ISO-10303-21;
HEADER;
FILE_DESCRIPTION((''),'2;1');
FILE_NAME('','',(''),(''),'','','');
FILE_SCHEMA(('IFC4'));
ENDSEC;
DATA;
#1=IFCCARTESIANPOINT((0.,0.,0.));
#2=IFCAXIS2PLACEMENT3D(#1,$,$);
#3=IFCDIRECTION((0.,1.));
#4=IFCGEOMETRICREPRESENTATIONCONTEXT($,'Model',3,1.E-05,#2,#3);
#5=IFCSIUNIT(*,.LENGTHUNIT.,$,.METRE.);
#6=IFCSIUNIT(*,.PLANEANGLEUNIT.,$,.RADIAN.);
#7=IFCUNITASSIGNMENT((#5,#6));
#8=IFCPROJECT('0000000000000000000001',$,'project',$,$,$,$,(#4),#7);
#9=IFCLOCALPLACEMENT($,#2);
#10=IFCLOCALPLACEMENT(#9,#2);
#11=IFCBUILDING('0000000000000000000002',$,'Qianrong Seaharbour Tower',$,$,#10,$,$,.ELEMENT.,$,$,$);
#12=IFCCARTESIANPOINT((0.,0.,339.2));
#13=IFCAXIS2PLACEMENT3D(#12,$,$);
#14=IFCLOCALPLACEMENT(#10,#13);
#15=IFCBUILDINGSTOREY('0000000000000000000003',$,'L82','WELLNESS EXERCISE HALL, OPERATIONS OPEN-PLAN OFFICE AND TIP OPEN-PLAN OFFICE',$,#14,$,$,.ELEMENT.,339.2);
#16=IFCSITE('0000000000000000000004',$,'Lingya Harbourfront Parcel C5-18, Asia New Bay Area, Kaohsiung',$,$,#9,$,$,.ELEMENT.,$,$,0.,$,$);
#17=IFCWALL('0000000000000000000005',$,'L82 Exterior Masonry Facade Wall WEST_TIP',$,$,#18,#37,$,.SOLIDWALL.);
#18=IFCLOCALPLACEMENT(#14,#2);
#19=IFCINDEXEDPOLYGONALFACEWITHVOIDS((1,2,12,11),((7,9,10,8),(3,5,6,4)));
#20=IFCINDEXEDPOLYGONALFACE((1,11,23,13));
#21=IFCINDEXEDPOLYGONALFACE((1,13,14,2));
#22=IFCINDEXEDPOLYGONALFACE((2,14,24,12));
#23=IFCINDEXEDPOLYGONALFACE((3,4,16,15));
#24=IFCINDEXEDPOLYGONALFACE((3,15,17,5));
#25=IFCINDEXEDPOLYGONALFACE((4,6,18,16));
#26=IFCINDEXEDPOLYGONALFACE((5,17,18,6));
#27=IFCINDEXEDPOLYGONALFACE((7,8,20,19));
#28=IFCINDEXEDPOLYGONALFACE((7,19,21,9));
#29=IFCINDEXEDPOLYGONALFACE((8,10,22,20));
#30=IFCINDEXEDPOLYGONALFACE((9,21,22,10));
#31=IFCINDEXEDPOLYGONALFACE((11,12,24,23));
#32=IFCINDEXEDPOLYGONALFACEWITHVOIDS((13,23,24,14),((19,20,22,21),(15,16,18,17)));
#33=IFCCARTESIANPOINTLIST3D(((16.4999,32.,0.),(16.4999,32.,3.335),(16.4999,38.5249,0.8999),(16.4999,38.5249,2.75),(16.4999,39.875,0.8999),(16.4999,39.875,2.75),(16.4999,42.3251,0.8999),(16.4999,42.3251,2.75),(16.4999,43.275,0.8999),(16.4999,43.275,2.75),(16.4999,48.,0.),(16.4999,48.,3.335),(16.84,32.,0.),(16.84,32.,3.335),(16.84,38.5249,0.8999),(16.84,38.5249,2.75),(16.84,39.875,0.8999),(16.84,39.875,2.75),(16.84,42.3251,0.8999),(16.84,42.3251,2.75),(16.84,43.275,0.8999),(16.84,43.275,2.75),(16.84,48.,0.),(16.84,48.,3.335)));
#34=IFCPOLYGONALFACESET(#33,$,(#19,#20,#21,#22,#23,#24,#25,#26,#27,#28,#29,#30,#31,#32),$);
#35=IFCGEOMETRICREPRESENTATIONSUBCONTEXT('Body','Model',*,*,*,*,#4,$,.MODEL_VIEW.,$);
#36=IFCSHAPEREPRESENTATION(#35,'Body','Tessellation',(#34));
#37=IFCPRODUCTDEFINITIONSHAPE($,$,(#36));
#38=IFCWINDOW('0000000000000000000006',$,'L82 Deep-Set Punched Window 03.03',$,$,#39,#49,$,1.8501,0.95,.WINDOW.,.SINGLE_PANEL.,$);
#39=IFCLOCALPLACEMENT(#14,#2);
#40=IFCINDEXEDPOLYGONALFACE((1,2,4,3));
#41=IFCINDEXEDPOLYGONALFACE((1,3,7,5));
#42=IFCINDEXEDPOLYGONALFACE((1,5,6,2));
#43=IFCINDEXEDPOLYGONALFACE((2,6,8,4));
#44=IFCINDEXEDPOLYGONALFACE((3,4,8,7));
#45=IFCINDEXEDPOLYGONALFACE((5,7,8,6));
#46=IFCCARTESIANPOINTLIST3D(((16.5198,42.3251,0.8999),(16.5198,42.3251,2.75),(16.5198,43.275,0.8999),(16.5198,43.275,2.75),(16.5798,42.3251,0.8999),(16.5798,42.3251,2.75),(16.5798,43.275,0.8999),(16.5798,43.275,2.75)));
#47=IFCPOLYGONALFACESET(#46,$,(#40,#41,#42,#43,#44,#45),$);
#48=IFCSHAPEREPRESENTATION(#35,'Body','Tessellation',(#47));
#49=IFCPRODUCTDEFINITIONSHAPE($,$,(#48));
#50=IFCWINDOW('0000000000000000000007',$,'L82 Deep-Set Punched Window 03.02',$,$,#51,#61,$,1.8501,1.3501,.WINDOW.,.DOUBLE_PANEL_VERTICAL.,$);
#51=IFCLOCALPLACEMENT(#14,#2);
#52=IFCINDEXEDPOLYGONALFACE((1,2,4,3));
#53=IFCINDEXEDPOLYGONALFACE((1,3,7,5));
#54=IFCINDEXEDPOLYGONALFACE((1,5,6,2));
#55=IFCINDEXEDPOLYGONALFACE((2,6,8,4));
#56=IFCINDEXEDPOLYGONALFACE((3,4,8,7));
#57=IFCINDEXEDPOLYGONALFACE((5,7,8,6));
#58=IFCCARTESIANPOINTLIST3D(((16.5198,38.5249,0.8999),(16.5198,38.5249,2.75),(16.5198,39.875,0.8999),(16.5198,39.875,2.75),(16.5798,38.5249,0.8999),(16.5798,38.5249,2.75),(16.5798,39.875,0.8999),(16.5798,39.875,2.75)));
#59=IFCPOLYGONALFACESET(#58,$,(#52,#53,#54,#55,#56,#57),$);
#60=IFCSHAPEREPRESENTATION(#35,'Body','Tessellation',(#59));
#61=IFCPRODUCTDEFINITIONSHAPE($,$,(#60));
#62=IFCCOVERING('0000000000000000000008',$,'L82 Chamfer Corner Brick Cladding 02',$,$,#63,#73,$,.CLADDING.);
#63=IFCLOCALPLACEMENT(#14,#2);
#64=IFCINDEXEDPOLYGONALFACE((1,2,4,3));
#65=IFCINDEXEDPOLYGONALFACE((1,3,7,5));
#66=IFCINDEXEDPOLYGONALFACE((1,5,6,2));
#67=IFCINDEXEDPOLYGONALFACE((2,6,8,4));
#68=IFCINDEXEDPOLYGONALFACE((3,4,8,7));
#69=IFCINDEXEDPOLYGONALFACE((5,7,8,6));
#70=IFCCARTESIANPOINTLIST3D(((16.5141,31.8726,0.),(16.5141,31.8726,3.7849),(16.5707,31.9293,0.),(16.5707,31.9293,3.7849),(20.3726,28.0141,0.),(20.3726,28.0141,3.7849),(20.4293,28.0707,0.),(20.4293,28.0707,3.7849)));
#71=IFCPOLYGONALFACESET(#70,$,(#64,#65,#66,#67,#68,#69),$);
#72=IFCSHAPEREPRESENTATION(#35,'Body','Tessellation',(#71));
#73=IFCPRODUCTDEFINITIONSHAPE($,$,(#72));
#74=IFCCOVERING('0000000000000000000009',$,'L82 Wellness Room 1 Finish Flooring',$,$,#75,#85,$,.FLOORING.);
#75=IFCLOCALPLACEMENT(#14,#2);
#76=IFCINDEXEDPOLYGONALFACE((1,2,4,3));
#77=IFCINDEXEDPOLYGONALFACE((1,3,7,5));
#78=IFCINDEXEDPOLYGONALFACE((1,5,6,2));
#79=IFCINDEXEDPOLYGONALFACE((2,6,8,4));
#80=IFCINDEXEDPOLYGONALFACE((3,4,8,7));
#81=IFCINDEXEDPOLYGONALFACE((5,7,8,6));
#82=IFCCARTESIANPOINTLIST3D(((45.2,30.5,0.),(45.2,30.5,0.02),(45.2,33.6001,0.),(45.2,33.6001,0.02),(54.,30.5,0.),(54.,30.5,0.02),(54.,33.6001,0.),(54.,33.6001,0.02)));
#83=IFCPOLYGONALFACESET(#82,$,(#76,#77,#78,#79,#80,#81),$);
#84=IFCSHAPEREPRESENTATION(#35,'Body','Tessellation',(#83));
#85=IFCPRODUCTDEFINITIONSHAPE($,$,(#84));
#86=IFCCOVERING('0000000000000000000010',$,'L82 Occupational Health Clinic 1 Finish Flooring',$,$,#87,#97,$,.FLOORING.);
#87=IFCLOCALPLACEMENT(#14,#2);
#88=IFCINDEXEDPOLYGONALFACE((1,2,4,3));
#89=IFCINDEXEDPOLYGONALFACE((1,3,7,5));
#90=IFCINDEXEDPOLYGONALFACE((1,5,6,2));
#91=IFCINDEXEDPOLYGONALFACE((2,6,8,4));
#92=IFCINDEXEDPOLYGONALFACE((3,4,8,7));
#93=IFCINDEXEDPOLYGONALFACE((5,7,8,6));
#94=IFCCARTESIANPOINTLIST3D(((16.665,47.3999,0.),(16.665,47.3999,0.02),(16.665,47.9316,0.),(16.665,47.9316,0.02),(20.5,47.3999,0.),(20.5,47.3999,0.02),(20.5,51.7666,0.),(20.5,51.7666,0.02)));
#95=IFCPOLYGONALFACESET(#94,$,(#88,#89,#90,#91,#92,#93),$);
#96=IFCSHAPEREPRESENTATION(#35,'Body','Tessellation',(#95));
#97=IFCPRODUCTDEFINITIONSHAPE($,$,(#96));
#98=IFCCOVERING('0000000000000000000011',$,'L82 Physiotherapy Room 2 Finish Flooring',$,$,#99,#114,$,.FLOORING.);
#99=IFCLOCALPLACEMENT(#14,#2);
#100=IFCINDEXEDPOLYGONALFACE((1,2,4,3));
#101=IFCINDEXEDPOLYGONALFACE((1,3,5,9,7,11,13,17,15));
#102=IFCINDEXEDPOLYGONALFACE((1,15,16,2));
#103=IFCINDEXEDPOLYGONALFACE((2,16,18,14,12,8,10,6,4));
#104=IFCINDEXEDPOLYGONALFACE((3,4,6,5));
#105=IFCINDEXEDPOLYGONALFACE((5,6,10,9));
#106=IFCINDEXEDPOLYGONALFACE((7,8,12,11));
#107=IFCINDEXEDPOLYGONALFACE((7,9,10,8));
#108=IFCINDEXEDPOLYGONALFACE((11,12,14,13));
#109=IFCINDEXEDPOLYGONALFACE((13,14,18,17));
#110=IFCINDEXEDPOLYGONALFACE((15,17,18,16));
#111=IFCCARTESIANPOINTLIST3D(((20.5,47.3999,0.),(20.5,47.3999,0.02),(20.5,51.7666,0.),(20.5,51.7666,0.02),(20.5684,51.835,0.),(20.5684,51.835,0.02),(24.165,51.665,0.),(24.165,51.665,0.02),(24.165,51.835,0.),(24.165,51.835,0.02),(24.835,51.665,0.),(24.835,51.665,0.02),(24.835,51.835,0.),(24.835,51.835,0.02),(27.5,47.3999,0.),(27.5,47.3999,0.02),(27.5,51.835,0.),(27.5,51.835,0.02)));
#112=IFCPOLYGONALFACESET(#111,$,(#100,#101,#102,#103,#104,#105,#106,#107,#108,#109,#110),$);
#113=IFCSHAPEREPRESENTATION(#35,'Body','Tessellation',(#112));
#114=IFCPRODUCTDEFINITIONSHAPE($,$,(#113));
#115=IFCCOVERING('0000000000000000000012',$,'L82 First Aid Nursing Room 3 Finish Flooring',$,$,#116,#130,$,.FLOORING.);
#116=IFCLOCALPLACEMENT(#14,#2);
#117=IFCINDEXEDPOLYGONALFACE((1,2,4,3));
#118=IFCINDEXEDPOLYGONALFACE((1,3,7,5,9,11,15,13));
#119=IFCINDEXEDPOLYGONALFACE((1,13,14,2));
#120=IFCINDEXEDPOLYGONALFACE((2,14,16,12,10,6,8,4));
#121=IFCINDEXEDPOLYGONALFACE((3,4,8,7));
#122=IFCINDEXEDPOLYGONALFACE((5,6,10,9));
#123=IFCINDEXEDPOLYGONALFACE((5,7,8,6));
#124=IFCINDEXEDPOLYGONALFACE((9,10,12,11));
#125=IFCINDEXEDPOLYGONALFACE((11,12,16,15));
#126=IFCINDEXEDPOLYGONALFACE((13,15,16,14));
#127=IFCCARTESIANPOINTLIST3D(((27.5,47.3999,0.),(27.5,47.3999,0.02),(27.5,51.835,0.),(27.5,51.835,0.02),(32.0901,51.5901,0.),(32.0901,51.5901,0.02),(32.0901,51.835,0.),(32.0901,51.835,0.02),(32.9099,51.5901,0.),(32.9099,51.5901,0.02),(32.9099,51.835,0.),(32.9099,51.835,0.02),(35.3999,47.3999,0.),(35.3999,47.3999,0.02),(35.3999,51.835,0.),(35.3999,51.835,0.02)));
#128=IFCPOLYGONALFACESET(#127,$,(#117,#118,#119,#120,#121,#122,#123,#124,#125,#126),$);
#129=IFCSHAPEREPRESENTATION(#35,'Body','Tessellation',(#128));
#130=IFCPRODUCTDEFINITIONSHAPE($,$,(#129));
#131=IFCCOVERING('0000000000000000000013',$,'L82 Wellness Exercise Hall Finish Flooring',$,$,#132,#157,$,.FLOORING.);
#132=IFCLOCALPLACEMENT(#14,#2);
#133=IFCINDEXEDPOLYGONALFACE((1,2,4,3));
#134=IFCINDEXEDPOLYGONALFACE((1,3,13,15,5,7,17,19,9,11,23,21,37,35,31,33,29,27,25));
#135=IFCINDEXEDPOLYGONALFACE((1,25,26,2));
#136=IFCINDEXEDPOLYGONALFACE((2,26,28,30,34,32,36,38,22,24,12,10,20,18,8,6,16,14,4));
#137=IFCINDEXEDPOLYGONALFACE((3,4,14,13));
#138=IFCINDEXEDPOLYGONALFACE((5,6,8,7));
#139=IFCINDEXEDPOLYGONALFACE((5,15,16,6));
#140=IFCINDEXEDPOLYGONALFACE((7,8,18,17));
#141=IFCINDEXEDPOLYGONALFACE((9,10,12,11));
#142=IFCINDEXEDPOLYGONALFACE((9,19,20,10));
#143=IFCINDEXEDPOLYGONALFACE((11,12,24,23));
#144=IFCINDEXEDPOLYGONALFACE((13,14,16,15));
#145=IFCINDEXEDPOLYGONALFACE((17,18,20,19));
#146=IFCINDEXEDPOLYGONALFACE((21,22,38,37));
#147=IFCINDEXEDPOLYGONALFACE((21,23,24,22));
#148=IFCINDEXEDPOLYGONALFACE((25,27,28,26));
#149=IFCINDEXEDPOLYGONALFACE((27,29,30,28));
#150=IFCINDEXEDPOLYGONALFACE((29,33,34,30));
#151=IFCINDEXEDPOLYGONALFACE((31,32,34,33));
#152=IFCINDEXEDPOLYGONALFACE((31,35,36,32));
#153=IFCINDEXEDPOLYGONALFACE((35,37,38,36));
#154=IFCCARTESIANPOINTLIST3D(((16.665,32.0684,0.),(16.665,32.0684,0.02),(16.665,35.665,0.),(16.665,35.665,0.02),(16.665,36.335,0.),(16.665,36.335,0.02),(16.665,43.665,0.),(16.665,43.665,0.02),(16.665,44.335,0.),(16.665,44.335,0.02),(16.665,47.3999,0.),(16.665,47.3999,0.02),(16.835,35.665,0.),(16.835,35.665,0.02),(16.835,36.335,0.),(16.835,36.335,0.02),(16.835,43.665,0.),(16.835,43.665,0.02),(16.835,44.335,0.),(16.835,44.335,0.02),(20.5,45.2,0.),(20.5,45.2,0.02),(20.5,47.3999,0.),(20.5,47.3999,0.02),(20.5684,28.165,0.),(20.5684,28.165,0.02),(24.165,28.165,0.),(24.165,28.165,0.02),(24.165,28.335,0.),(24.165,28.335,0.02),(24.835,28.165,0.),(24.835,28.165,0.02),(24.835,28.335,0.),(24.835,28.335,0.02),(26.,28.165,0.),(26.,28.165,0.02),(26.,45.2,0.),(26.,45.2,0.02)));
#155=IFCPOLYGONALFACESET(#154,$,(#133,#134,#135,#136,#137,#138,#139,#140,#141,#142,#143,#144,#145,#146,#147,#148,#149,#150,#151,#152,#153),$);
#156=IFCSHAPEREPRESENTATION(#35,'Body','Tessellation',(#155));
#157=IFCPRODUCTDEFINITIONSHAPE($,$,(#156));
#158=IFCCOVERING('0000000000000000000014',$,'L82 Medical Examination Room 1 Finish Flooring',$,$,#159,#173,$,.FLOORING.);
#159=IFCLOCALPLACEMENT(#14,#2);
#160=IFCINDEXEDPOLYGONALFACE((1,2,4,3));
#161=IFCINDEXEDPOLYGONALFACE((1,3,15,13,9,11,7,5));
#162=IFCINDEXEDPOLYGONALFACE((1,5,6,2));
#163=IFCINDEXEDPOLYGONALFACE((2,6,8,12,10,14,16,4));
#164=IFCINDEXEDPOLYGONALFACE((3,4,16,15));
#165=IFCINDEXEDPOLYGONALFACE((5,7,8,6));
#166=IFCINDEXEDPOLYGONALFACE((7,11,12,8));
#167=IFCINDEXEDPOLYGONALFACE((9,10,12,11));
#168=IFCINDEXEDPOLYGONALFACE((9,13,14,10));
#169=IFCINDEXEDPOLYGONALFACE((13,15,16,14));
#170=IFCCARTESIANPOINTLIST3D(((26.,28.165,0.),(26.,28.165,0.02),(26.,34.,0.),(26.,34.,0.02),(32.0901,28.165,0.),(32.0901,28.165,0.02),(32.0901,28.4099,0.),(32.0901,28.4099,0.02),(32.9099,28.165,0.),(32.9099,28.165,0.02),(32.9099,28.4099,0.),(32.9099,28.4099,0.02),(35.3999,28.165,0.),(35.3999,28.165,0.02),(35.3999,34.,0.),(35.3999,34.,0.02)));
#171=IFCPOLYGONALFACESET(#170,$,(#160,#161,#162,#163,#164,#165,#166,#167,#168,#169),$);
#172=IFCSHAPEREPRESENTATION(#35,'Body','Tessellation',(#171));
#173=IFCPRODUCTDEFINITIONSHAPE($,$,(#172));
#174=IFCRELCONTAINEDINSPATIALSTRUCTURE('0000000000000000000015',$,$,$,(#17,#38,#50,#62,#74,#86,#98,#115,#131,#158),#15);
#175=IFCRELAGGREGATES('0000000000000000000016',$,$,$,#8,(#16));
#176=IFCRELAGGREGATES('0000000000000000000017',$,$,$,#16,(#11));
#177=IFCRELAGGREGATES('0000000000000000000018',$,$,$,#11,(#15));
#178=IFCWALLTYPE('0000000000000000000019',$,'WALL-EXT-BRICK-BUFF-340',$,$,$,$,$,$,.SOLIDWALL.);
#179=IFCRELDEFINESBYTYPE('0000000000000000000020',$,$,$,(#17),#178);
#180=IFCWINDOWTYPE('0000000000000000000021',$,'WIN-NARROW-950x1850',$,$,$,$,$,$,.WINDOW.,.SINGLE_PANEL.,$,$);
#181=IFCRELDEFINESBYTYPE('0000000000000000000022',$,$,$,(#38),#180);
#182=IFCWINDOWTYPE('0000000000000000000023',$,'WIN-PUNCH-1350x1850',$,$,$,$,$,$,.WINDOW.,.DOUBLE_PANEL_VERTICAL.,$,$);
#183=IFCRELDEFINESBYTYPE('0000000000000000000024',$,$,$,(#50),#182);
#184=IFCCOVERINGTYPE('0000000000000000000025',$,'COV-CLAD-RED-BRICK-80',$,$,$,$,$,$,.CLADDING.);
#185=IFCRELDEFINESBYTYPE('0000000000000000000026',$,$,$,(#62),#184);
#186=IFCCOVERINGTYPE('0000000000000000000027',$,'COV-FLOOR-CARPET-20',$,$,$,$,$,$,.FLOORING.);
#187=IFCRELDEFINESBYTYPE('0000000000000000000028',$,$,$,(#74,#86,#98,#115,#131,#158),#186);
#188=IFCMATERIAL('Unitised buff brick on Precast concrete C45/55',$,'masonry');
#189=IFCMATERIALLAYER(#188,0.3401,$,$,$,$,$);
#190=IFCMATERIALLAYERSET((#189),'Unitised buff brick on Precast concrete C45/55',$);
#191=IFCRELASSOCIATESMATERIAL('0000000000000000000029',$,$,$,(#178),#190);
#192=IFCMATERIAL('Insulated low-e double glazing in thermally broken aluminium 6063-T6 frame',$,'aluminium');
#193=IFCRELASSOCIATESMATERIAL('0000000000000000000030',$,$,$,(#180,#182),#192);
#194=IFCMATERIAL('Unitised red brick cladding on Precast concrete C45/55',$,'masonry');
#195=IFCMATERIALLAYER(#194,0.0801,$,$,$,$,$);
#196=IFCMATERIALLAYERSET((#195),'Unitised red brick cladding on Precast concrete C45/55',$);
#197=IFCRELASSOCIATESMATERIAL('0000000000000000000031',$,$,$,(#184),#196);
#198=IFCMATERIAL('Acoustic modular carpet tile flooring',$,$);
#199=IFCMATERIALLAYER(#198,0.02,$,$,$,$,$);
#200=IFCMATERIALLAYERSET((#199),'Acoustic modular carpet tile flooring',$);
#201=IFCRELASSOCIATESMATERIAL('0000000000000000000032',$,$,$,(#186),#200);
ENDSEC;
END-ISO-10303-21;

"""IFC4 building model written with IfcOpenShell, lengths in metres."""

from ifc_helpers import new_model, si_unit, direction, frame, frame_2d, origin, origin_2d, place, context, subcontext, project, spatial, polyline, rectangle, outline, extrude, material, layer, layer_set, type_object, element, fill, save


model = new_model("IFC4")

# Units and contexts
model_context = context("Model", 3, precision=1e-05, world=origin(), true_north=direction((0.0, 1.0)))
body_context = subcontext(model_context, "Body", "Model", "MODEL_VIEW")
ifc_project = project(units=[si_unit("LENGTHUNIT", "METRE"), si_unit("PLANEANGLEUNIT", "RADIAN")], contexts=[model_context])

# Site, building, storey
site_placement = place(None, origin())
site = spatial("IfcSite", under=ifc_project, at=site_placement, Name="Lingya Harbourfront Parcel C5-18, Asia New Bay Area, Kaohsiung", CompositionType="ELEMENT", RefElevation=0.0)
building_placement = place(site_placement, origin())
building = spatial("IfcBuilding", under=site, at=building_placement, Name="Qianrong Seaharbour Tower", CompositionType="ELEMENT")
storey_placement = place(building_placement, frame((0.0, 0.0, 339.2)))
storey = spatial("IfcBuildingStorey", under=building, at=storey_placement, Name="L82", Description="WELLNESS EXERCISE HALL, OPERATIONS OPEN-PLAN OFFICE AND TIP OPEN-PLAN OFFICE", CompositionType="ELEMENT", Elevation=339.2)

# Shared definitions
ifc_material_1 = material(Name="Unitised buff brick on Precast concrete C45/55", Category="masonry")
ifc_layer_1 = layer(ifc_material_1, 0.3401)
ifc_layer_set_1 = layer_set([ifc_layer_1], Name="Unitised buff brick on Precast concrete C45/55")
wall_type = type_object("IfcWallType", Name="WALL-EXT-BRICK-BUFF-340", PredefinedType="SOLIDWALL", material=ifc_layer_set_1)

# Wall, openings, windows
wall_1_placement = place(storey_placement, frame((16.6699, 32.0, 0.0), z_axis=(0.0, 0.0, 1.0), x_axis=(0.0, 1.0, 0.0)))
wall_1 = element("IfcWall", 1, at=wall_1_placement, inside=storey, type_object=wall_type, Name="L82 Exterior Masonry Facade Wall WEST_TIP", PredefinedType="SOLIDWALL", context=body_context, shape_type="SweptSolid", body=[
    extrude(rectangle(XDim=16.0, YDim=0.3401, at=frame_2d((8.0, 0.0))), origin(), (0.0, 0.0, 1.0), 3.335),
])
opening_1_placement = place(wall_1_placement, frame((6.5249, 0.0, 0.8999)))
opening_1 = element("IfcOpeningElement", 2, at=opening_1_placement, cuts=wall_1, PredefinedType="OPENING", context=body_context, shape_type="SweptSolid", body=[
    extrude(rectangle(XDim=1.3501, YDim=1.8501, at=frame_2d((0.675, 0.925))), frame((0.0, 0.1802, 0.0), z_axis=(0.0, -1.0, 0.0), x_axis=(1.0, 0.0, 0.0)), (0.0, 0.0, 1.0), 0.3601),
])
opening_2_placement = place(wall_1_placement, frame((10.325, 0.0, 0.8999)))
opening_2 = element("IfcOpeningElement", 3, at=opening_2_placement, cuts=wall_1, PredefinedType="OPENING", context=body_context, shape_type="SweptSolid", body=[
    extrude(rectangle(XDim=0.95, YDim=1.8501, at=frame_2d((0.4751, 0.925))), frame((0.0, 0.1802, 0.0), z_axis=(0.0, -1.0, 0.0), x_axis=(1.0, 0.0, 0.0)), (0.0, 0.0, 1.0), 0.3601),
])
ifc_material_2 = material(Name="Insulated low-e double glazing in thermally broken aluminium 6063-T6 frame", Category="aluminium")
window_type_1 = type_object("IfcWindowType", Name="WIN-NARROW-950x1850", PartitioningType="SINGLE_PANEL", PredefinedType="WINDOW", material=ifc_material_2)
window_1_placement = place(opening_2_placement, origin())
window_1 = element("IfcWindow", 4, at=window_1_placement, inside=storey, type_object=window_type_1, Name="L82 Deep-Set Punched Window 03.03", OverallHeight=1.8501, OverallWidth=0.95, PartitioningType="SINGLE_PANEL", PredefinedType="WINDOW", context=body_context, shape_type="SweptSolid", body=[
    extrude(rectangle(XDim=0.95, YDim=1.8501, at=frame_2d((0.4751, 0.925))), frame((0.0, 0.1501, 0.0), z_axis=(0.0, -1.0, 0.0), x_axis=(1.0, 0.0, 0.0)), (0.0, 0.0, 1.0), 0.0601),
])
fill(opening_2, window_1)
window_type_2 = type_object("IfcWindowType", Name="WIN-PUNCH-1350x1850", PartitioningType="DOUBLE_PANEL_VERTICAL", PredefinedType="WINDOW", material=ifc_material_2)
window_2_placement = place(opening_1_placement, origin())
window_2 = element("IfcWindow", 5, at=window_2_placement, inside=storey, type_object=window_type_2, Name="L82 Deep-Set Punched Window 03.02", OverallHeight=1.8501, OverallWidth=1.3501, PartitioningType="DOUBLE_PANEL_VERTICAL", PredefinedType="WINDOW", context=body_context, shape_type="SweptSolid", body=[
    extrude(rectangle(XDim=1.3501, YDim=1.8501, at=frame_2d((0.675, 0.925))), frame((0.0, 0.1501, 0.0), z_axis=(0.0, -1.0, 0.0), x_axis=(1.0, 0.0, 0.0)), (0.0, 0.0, 1.0), 0.0601),
])
fill(opening_1, window_2)

# Coverings
ifc_material_3 = material(Name="Unitised red brick cladding on Precast concrete C45/55", Category="masonry")
ifc_layer_2 = layer(ifc_material_3, 0.0801)
ifc_layer_set_2 = layer_set([ifc_layer_2], Name="Unitised red brick cladding on Precast concrete C45/55")
covering_type_1 = type_object("IfcCoveringType", Name="COV-CLAD-RED-BRICK-80", PredefinedType="CLADDING", material=ifc_layer_set_2)
covering_1_placement = place(storey_placement, frame((18.4717, 29.9717, 0.0), z_axis=(0.0, 0.0, 1.0), x_axis=(-0.707107, 0.707107, 0.0)))
element("IfcCovering", 6, at=covering_1_placement, inside=storey, type_object=covering_type_1, Name="L82 Chamfer Corner Brick Cladding 02", PredefinedType="CLADDING", context=body_context, shape_type="SweptSolid", body=[
    extrude(rectangle(XDim=5.4568, YDim=0.0801, at=origin_2d()), origin(), (0.0, 0.0, 1.0), 3.7849),
])
ifc_material_4 = material(Name="Acoustic modular carpet tile flooring")
ifc_layer_3 = layer(ifc_material_4, 0.02)
ifc_layer_set_3 = layer_set([ifc_layer_3], Name="Acoustic modular carpet tile flooring")
covering_type_2 = type_object("IfcCoveringType", Name="COV-FLOOR-CARPET-20", PredefinedType="FLOORING", material=ifc_layer_set_3)
covering_2_placement = place(storey_placement, origin())
element("IfcCovering", 7, at=covering_2_placement, inside=storey, type_object=covering_type_2, Name="L82 Wellness Room 1 Finish Flooring", PredefinedType="FLOORING", context=body_context, shape_type="SweptSolid", body=[
    extrude(outline(polyline([(54.0, 33.6001), (54.0, 30.5), (45.2, 30.5), (45.2, 33.6001), (54.0, 33.6001)])), origin(), (0.0, 0.0, 1.0), 0.02),
])
covering_3_placement = place(storey_placement, origin())
element("IfcCovering", 8, at=covering_3_placement, inside=storey, type_object=covering_type_2, Name="L82 Occupational Health Clinic 1 Finish Flooring", PredefinedType="FLOORING", context=body_context, shape_type="SweptSolid", body=[
    extrude(outline(polyline([(16.665, 47.9316), (20.5, 51.7666), (20.5, 47.3999), (16.665, 47.3999), (16.665, 47.9316)])), origin(), (0.0, 0.0, 1.0), 0.02),
])
covering_4_placement = place(storey_placement, origin())
element("IfcCovering", 9, at=covering_4_placement, inside=storey, type_object=covering_type_2, Name="L82 Physiotherapy Room 2 Finish Flooring", PredefinedType="FLOORING", context=body_context, shape_type="SweptSolid", body=[
    extrude(outline(polyline([(20.5, 51.7666), (20.5684, 51.835), (24.165, 51.835), (24.165, 51.665), (24.835, 51.665), (24.835, 51.835), (27.5, 51.835), (27.5, 47.3999), (20.5, 47.3999), (20.5, 51.7666)])), origin(), (0.0, 0.0, 1.0), 0.02),
])
covering_5_placement = place(storey_placement, origin())
element("IfcCovering", 10, at=covering_5_placement, inside=storey, type_object=covering_type_2, Name="L82 First Aid Nursing Room 3 Finish Flooring", PredefinedType="FLOORING", context=body_context, shape_type="SweptSolid", body=[
    extrude(outline(polyline([(27.5, 51.835), (32.0901, 51.835), (32.0901, 51.5901), (32.9099, 51.5901), (32.9099, 51.835), (35.3999, 51.835), (35.3999, 47.3999), (27.5, 47.3999), (27.5, 51.835)])), origin(), (0.0, 0.0, 1.0), 0.02),
])
covering_6_placement = place(storey_placement, origin())
element("IfcCovering", 11, at=covering_6_placement, inside=storey, type_object=covering_type_2, Name="L82 Wellness Exercise Hall Finish Flooring", PredefinedType="FLOORING", context=body_context, shape_type="SweptSolid", body=[
    extrude(outline(polyline([(24.835, 28.165), (24.835, 28.335), (24.165, 28.335), (24.165, 28.165), (20.5684, 28.165), (16.665, 32.0684), (16.665, 35.665), (16.835, 35.665), (16.835, 36.335), (16.665, 36.335), (16.665, 43.665), (16.835, 43.665), (16.835, 44.335), (16.665, 44.335), (16.665, 47.3999), (20.5, 47.3999), (20.5, 45.2), (26.0, 45.2), (26.0, 28.165), (24.835, 28.165)])), origin(), (0.0, 0.0, 1.0), 0.02),
])
covering_7_placement = place(storey_placement, origin())
element("IfcCovering", 12, at=covering_7_placement, inside=storey, type_object=covering_type_2, Name="L82 Medical Examination Room 1 Finish Flooring", PredefinedType="FLOORING", context=body_context, shape_type="SweptSolid", body=[
    extrude(outline(polyline([(35.3999, 28.165), (32.9099, 28.165), (32.9099, 28.4099), (32.0901, 28.4099), (32.0901, 28.165), (26.0, 28.165), (26.0, 34.0), (35.3999, 34.0), (35.3999, 28.165)])), origin(), (0.0, 0.0, 1.0), 0.02),
])

save(model, "model.ifc")
